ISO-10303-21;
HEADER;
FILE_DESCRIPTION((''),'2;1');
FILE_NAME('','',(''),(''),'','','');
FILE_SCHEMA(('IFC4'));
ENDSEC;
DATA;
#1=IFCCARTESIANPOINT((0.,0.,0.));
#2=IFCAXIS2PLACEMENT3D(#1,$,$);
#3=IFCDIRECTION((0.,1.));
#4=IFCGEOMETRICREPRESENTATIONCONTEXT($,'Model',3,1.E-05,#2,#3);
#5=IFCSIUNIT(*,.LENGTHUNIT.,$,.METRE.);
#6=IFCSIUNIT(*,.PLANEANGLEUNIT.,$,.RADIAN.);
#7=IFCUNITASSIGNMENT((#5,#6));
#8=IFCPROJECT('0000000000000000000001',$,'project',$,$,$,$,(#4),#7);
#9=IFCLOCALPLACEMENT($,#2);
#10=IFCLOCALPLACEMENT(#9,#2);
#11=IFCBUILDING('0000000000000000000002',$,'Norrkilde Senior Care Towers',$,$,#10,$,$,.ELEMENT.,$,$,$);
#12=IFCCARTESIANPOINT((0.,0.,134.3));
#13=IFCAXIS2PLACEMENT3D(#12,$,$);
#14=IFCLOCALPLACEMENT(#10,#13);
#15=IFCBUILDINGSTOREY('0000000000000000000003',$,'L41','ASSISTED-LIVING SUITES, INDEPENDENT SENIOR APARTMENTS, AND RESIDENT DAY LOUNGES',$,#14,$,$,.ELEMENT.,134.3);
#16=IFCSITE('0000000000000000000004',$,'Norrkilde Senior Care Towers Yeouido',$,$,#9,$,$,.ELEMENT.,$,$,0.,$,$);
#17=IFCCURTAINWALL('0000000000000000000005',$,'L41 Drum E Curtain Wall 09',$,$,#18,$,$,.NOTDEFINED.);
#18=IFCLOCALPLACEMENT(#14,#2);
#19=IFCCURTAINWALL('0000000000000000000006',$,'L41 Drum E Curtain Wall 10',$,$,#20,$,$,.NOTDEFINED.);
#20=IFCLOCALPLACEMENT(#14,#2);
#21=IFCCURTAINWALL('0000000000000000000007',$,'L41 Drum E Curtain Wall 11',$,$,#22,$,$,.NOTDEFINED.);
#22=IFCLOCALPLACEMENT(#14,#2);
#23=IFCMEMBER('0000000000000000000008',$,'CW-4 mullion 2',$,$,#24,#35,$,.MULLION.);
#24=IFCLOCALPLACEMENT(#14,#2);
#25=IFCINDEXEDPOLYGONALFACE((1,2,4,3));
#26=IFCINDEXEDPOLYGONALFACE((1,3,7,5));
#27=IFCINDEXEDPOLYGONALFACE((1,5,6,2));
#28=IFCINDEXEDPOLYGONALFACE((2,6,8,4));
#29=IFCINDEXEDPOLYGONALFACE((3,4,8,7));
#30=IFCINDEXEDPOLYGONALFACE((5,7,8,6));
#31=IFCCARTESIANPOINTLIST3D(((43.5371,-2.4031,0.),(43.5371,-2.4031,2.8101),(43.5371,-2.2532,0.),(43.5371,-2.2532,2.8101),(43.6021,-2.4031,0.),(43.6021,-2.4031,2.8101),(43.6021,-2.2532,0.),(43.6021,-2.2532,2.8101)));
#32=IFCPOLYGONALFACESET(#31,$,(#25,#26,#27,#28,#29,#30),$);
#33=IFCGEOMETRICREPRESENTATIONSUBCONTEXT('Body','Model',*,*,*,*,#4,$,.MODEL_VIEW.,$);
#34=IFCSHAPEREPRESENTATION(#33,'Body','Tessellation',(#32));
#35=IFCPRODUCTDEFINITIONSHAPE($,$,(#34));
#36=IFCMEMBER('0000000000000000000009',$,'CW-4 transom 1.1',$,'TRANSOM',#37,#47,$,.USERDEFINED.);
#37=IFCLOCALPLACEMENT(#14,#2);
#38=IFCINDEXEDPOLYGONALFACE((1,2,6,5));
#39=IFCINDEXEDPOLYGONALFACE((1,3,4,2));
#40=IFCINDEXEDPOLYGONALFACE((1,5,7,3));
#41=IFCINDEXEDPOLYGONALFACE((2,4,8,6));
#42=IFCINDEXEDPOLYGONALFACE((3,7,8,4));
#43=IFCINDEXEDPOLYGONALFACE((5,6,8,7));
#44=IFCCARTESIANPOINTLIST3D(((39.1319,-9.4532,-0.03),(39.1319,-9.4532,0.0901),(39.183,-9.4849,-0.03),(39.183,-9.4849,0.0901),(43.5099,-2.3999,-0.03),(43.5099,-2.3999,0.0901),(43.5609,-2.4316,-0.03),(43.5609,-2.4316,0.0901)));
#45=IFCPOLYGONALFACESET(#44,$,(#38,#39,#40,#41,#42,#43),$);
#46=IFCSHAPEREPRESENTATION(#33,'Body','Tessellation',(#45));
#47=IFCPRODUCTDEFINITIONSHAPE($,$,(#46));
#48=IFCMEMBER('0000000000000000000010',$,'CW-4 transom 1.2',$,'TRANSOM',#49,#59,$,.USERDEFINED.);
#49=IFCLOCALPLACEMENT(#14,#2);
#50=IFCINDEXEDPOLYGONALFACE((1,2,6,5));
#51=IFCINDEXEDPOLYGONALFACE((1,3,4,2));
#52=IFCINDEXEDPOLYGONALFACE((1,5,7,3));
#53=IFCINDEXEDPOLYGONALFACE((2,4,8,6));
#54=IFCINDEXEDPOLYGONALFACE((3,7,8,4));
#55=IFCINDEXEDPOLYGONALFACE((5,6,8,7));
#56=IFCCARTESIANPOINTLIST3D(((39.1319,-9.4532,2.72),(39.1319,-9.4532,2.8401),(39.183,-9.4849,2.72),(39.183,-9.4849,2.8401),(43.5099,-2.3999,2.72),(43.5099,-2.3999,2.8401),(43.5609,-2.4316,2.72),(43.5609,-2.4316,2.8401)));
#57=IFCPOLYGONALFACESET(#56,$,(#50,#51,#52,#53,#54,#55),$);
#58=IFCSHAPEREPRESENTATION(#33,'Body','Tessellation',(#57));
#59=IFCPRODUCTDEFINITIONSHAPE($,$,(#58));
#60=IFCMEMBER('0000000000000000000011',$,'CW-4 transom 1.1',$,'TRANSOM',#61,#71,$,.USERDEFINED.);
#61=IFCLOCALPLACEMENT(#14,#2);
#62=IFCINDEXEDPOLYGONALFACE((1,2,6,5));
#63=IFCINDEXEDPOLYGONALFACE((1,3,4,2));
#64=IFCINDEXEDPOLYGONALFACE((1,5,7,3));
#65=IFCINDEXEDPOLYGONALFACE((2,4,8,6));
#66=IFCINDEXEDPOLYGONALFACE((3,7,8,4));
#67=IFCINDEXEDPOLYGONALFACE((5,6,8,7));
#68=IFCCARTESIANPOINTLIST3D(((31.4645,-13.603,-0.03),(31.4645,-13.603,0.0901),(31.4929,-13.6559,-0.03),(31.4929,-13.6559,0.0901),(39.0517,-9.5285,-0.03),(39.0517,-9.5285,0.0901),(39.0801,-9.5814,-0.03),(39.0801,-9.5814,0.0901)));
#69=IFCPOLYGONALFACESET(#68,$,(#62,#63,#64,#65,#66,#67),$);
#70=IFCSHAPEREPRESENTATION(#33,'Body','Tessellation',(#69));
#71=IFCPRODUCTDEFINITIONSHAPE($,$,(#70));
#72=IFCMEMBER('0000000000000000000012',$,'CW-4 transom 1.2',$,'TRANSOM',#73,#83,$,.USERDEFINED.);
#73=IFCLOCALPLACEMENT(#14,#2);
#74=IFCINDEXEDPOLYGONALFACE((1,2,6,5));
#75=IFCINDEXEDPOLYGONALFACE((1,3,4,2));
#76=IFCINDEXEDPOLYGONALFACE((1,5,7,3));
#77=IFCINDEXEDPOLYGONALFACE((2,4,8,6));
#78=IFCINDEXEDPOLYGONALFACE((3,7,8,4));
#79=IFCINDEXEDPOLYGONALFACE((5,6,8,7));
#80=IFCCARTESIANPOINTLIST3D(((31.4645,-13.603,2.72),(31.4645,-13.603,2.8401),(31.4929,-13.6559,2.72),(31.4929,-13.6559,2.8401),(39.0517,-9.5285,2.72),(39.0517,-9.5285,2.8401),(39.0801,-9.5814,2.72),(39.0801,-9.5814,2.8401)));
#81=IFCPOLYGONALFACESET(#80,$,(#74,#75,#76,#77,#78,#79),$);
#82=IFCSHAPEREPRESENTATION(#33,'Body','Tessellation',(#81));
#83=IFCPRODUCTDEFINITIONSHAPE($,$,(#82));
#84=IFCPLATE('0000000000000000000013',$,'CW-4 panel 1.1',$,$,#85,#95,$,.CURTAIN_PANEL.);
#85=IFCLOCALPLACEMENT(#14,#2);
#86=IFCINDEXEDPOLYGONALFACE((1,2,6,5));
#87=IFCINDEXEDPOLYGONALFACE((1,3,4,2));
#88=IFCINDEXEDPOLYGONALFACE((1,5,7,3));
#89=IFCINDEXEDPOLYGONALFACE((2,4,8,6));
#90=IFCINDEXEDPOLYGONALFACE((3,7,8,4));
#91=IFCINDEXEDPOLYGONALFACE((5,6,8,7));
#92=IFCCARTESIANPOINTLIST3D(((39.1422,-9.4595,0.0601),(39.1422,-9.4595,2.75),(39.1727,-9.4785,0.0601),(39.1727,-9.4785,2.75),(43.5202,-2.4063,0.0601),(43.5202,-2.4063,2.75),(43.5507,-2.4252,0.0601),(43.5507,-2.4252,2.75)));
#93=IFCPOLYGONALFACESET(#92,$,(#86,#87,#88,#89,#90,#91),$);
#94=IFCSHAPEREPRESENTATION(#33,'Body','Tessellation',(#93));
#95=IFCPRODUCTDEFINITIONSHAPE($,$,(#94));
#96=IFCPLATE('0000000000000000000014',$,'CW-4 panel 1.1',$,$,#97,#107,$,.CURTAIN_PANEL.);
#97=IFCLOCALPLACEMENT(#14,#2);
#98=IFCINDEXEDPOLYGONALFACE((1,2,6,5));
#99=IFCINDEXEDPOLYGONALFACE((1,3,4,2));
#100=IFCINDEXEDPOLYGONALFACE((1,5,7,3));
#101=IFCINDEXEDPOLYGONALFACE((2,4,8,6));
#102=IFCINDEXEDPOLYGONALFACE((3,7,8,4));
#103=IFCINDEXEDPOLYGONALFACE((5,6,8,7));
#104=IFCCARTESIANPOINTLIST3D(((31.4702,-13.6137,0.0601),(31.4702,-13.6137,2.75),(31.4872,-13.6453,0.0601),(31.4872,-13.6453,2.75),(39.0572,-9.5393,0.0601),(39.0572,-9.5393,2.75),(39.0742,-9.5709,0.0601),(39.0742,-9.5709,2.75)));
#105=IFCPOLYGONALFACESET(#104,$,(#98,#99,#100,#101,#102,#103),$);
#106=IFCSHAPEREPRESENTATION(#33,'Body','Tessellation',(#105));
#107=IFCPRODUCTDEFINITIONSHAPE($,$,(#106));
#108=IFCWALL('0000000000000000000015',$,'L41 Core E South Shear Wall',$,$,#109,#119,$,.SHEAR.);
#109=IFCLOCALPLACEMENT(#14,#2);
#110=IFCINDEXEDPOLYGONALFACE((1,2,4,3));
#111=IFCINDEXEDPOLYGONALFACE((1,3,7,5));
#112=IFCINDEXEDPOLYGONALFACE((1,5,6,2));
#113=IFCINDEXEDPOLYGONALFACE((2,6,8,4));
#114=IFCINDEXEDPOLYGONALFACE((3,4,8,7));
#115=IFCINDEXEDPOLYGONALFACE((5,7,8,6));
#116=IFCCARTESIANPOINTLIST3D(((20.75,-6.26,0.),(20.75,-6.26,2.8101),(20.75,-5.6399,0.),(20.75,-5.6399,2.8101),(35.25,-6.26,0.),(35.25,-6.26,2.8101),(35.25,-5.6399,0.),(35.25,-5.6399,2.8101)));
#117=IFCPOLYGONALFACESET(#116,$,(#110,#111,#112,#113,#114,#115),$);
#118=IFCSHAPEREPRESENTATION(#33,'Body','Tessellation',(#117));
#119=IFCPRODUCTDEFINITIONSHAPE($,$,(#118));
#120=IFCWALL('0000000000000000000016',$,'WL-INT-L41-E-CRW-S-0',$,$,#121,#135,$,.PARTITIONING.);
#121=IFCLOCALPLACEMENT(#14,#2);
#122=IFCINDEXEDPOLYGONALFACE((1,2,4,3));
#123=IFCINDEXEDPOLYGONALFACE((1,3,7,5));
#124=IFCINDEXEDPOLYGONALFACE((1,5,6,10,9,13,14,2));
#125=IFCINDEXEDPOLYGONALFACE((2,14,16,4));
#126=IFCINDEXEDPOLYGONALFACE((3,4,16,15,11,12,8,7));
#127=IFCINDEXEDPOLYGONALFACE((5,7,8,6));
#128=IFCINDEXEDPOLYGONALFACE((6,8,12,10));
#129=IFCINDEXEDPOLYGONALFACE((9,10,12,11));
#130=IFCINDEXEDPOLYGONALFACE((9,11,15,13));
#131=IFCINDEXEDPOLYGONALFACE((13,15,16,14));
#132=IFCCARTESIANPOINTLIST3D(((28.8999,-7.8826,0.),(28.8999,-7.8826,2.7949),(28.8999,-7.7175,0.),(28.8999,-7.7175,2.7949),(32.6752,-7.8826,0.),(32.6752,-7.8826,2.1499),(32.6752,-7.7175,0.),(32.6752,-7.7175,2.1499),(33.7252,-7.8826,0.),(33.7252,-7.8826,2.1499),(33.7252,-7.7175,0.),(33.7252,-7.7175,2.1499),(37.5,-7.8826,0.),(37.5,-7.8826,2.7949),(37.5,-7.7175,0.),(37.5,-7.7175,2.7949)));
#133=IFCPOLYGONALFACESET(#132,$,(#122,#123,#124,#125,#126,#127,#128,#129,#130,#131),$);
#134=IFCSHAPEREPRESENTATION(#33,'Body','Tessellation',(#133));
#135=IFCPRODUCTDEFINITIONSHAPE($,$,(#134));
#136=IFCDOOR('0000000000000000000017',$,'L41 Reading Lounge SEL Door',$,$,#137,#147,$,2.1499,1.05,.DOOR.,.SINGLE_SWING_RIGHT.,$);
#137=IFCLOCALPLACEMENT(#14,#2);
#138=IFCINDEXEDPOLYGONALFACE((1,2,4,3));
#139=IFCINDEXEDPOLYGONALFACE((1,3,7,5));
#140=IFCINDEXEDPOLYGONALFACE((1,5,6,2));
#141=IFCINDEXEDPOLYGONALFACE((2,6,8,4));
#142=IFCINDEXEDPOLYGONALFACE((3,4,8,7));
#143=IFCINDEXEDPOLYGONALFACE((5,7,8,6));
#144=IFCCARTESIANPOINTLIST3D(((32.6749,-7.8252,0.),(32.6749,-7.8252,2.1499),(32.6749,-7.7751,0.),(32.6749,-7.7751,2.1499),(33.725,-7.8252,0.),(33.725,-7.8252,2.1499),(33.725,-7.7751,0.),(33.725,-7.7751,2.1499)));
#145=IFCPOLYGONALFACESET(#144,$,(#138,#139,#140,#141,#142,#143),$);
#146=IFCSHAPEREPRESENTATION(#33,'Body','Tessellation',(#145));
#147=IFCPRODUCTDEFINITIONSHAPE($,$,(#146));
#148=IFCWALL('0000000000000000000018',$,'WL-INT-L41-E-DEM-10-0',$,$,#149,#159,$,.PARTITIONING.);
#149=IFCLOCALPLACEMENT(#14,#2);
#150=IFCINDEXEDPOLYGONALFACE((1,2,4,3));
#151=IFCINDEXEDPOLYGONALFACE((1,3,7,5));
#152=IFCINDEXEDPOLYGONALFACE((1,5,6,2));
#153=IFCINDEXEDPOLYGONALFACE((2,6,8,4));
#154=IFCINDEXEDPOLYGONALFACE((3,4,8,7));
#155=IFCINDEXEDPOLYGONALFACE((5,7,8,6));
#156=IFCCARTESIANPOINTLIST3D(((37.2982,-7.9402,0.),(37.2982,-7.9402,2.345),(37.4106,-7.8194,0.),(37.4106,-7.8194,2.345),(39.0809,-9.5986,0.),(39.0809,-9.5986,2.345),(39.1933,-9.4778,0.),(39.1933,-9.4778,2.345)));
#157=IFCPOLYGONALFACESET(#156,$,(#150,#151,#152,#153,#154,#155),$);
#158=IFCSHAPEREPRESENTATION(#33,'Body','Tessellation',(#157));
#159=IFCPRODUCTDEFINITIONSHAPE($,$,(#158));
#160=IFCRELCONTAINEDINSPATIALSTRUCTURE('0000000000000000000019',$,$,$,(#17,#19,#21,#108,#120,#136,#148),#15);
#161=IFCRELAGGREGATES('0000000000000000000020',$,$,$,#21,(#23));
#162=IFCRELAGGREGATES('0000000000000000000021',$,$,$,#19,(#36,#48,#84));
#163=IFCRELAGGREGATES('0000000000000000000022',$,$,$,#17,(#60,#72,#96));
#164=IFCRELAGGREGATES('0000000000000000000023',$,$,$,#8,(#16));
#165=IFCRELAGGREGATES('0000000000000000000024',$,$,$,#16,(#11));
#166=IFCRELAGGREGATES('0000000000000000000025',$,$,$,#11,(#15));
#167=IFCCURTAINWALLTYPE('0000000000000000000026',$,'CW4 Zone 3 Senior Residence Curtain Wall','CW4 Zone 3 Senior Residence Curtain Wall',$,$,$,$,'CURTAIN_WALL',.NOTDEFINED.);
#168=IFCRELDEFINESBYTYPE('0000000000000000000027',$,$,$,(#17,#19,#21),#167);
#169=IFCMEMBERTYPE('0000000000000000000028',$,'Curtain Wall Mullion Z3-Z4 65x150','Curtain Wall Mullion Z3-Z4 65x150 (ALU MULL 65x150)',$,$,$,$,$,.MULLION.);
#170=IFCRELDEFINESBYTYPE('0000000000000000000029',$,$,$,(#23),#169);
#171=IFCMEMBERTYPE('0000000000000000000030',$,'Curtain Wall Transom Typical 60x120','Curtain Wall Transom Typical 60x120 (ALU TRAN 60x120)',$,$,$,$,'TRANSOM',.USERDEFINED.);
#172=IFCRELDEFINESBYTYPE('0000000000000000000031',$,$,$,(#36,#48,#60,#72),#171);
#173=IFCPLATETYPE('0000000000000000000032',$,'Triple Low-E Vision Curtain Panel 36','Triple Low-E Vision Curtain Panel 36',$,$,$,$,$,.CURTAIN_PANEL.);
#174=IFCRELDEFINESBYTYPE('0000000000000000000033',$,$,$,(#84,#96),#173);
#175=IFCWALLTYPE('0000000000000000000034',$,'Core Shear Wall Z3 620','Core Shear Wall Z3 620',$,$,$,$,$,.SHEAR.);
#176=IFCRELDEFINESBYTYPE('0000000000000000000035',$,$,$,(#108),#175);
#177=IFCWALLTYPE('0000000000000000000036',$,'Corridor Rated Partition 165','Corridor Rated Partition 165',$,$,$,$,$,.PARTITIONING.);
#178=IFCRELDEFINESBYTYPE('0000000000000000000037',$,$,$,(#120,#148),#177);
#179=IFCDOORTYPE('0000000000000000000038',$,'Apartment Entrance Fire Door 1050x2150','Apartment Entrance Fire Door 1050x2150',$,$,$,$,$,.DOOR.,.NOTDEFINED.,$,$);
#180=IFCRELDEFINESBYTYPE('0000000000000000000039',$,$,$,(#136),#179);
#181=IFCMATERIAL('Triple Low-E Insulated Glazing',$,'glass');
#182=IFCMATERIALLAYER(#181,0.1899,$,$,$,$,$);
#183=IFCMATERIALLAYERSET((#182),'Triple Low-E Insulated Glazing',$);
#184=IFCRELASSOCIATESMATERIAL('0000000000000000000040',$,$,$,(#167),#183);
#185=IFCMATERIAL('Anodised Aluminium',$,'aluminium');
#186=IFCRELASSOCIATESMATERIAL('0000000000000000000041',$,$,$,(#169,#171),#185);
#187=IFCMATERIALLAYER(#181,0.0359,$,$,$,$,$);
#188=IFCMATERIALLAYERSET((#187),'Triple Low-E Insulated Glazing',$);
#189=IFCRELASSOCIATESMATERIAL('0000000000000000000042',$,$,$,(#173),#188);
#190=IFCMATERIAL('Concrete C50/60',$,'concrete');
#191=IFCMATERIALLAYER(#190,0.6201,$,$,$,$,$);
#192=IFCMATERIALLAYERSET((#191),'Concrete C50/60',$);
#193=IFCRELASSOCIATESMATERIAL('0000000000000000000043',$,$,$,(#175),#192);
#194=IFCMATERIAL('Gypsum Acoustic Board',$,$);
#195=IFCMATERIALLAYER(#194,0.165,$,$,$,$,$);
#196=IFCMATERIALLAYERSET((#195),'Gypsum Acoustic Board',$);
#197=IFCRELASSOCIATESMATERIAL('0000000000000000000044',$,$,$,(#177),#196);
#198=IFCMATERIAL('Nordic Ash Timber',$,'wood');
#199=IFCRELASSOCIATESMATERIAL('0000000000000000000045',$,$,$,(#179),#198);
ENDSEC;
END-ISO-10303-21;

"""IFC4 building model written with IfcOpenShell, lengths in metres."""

from ifc_helpers import new_model, si_unit, direction, frame, frame_2d, origin, origin_2d, place, context, subcontext, project, spatial, rectangle, extrude, source, transform, mapped, material, layer, layer_set, material_profile, profile_set, type_object, type_shapes, element, fill, aggregate, save


model = new_model("IFC4")

# Units and contexts
model_context = context("Model", 3, precision=1e-05, world=origin(), true_north=direction((0.0, 1.0)))
body_context = subcontext(model_context, "Body", "Model", "MODEL_VIEW")
ifc_project = project(units=[si_unit("LENGTHUNIT", "METRE"), si_unit("PLANEANGLEUNIT", "RADIAN")], contexts=[model_context])

# Site, building, storey
site_placement = place(None, origin())
site = spatial("IfcSite", under=ifc_project, at=site_placement, Name="Norrkilde Senior Care Towers Yeouido", CompositionType="ELEMENT", RefElevation=0.0)
building_placement = place(site_placement, origin())
building = spatial("IfcBuilding", under=site, at=building_placement, Name="Norrkilde Senior Care Towers", CompositionType="ELEMENT")
storey_placement = place(building_placement, frame((0.0, 0.0, 134.3)))
storey = spatial("IfcBuildingStorey", under=building, at=storey_placement, Name="L41", Description="ASSISTED-LIVING SUITES, INDEPENDENT SENIOR APARTMENTS, AND RESIDENT DAY LOUNGES", CompositionType="ELEMENT", Elevation=134.3)

# Shared definitions
ifc_material_1 = material(Name="Concrete C50/60", Category="concrete")

# Curtain wall
ifc_material_2 = material(Name="Triple Low-E Insulated Glazing", Category="glass")
ifc_layer_1 = layer(ifc_material_2, 0.1899)
ifc_layer_set_1 = layer_set([ifc_layer_1], Name="Triple Low-E Insulated Glazing")
curtain_wall_type = type_object("IfcCurtainWallType", Name="CW4 Zone 3 Senior Residence Curtain Wall", Description="CW4 Zone 3 Senior Residence Curtain Wall", ElementType="CURTAIN_WALL", PredefinedType="NOTDEFINED", material=ifc_layer_set_1)
curtain_wall_1_placement = place(storey_placement, origin())
curtain_wall_1 = element("IfcCurtainWall", 1, at=curtain_wall_1_placement, inside=storey, type_object=curtain_wall_type, Name="L41 Drum E Curtain Wall 09", PredefinedType="NOTDEFINED")
ifc_material_3 = material(Name="Anodised Aluminium", Category="aluminium")
ifc_material_profile_1 = material_profile(ifc_material_3, rectangle(XDim=0.0649, YDim=0.1499, at=origin_2d()), Name="ALU MULL 65x150")
ifc_profile_set_1 = profile_set([ifc_material_profile_1], Name="Anodised Aluminium")
member_type_1 = type_object("IfcMemberType", Name="Curtain Wall Mullion Z3-Z4 65x150", Description="Curtain Wall Mullion Z3-Z4 65x150 (ALU MULL 65x150)", PredefinedType="MULLION", material=ifc_profile_set_1)
shared_shape_1 = source(origin(), body_context, "Body", "SweptSolid", [
    extrude(rectangle(XDim=0.0649, YDim=0.1499, at=origin_2d()), origin(), (0.0, 0.0, 1.0), 2.8101),
])
type_shapes(member_type_1, [shared_shape_1])

# Curtain wall
curtain_wall_2_placement = place(storey_placement, origin())
curtain_wall_2 = element("IfcCurtainWall", 2, at=curtain_wall_2_placement, inside=storey, type_object=curtain_wall_type, Name="L41 Drum E Curtain Wall 10", PredefinedType="NOTDEFINED")

# Curtain wall, member
curtain_wall_3_placement = place(storey_placement, origin())
curtain_wall_3 = element("IfcCurtainWall", 3, at=curtain_wall_3_placement, inside=storey, type_object=curtain_wall_type, Name="L41 Drum E Curtain Wall 11", PredefinedType="NOTDEFINED")
member_1_placement = place(storey_placement, frame((43.5696, -2.3281, 0.0), z_axis=(0.0, 0.0, 1.0), x_axis=(1.0, 0.0, 0.0)))
member_1 = element("IfcMember", 4, at=member_1_placement, type_object=member_type_1, Name="CW-4 mullion 2", PredefinedType="MULLION", context=body_context, shape_type="MappedRepresentation", body=[
    mapped(shared_shape_1, transform((0.0, 0.0, 0.0), x_axis=(1.0, 0.0, 0.0), y_axis=(0.0, 1.0, 0.0), z_axis=(0.0, 0.0, 1.0), scale=1.0)),
])
aggregate(curtain_wall_3, [member_1])

# Members
ifc_material_profile_2 = material_profile(ifc_material_3, rectangle(XDim=0.0601, YDim=0.1201, at=origin_2d()), Name="ALU TRAN 60x120")
ifc_profile_set_2 = profile_set([ifc_material_profile_2], Name="Anodised Aluminium")
member_type_2 = type_object("IfcMemberType", Name="Curtain Wall Transom Typical 60x120", Description="Curtain Wall Transom Typical 60x120 (ALU TRAN 60x120)", ElementType="TRANSOM", PredefinedType="USERDEFINED", material=ifc_profile_set_2)
shared_shape_2 = source(origin(), body_context, "Body", "SweptSolid", [
    extrude(rectangle(XDim=0.0601, YDim=0.1201, at=origin_2d()), origin(), (0.0, 0.0, 1.0), 8.3015),
])
member_2_placement = place(storey_placement, frame((43.5354, -2.4158, 0.03), z_axis=(-0.527369, -0.849637, 0.0), x_axis=(0.849637, -0.527369, 0.0)))
member_2 = element("IfcMember", 5, at=member_2_placement, type_object=member_type_2, Name="CW-4 transom 1.1", ObjectType="TRANSOM", PredefinedType="USERDEFINED", context=body_context, shape_type="MappedRepresentation", body=[
    mapped(shared_shape_2, transform((0.0, 0.0, 0.0), x_axis=(1.0, 0.0, 0.0), y_axis=(0.0, 1.0, 0.0), z_axis=(0.0, 0.0, 1.0), scale=1.0)),
])
member_3_placement = place(storey_placement, frame((43.5354, -2.4158, 2.78), z_axis=(-0.527369, -0.849637, 0.0), x_axis=(0.849637, -0.527369, 0.0)))
member_3 = element("IfcMember", 6, at=member_3_placement, type_object=member_type_2, Name="CW-4 transom 1.2", ObjectType="TRANSOM", PredefinedType="USERDEFINED", context=body_context, shape_type="MappedRepresentation", body=[
    mapped(shared_shape_2, transform((0.0, 0.0, 0.0), x_axis=(1.0, 0.0, 0.0), y_axis=(0.0, 1.0, 0.0), z_axis=(0.0, 0.0, 1.0), scale=1.0)),
])
shared_shape_3 = source(origin(), body_context, "Body", "SweptSolid", [
    extrude(rectangle(XDim=0.0601, YDim=0.1201, at=origin_2d()), origin(), (0.0, 0.0, 1.0), 8.6121),
])
type_shapes(member_type_2, [shared_shape_2, shared_shape_3])
member_4_placement = place(storey_placement, frame((39.0659, -9.5549, 0.03), z_axis=(-0.881, -0.473116, 0.0), x_axis=(0.473116, -0.881, 0.0)))
member_4 = element("IfcMember", 7, at=member_4_placement, type_object=member_type_2, Name="CW-4 transom 1.1", ObjectType="TRANSOM", PredefinedType="USERDEFINED", context=body_context, shape_type="MappedRepresentation", body=[
    mapped(shared_shape_3, transform((0.0, 0.0, 0.0), x_axis=(1.0, 0.0, 0.0), y_axis=(0.0, 1.0, 0.0), z_axis=(0.0, 0.0, 1.0), scale=1.0)),
])
member_5_placement = place(storey_placement, frame((39.0659, -9.5549, 2.78), z_axis=(-0.881, -0.473116, 0.0), x_axis=(0.473116, -0.881, 0.0)))
member_5 = element("IfcMember", 8, at=member_5_placement, type_object=member_type_2, Name="CW-4 transom 1.2", ObjectType="TRANSOM", PredefinedType="USERDEFINED", context=body_context, shape_type="MappedRepresentation", body=[
    mapped(shared_shape_3, transform((0.0, 0.0, 0.0), x_axis=(1.0, 0.0, 0.0), y_axis=(0.0, 1.0, 0.0), z_axis=(0.0, 0.0, 1.0), scale=1.0)),
])

# Plates
ifc_layer_2 = layer(ifc_material_2, 0.0359)
ifc_layer_set_2 = layer_set([ifc_layer_2], Name="Triple Low-E Insulated Glazing")
plate_type = type_object("IfcPlateType", Name="Triple Low-E Vision Curtain Panel 36", Description="Triple Low-E Vision Curtain Panel 36", PredefinedType="CURTAIN_PANEL", material=ifc_layer_set_2)
shared_shape_4 = source(origin(), body_context, "Body", "SweptSolid", [
    extrude(rectangle(XDim=8.3015, YDim=0.0359, at=origin_2d()), origin(), (0.0, 0.0, 1.0), 2.6899),
])
plate_1_placement = place(storey_placement, frame((41.3464, -5.9424, 0.0601), z_axis=(0.0, 0.0, 1.0), x_axis=(-0.527373, -0.849634, 0.0)))
plate_1 = element("IfcPlate", 9, at=plate_1_placement, type_object=plate_type, Name="CW-4 panel 1.1", PredefinedType="CURTAIN_PANEL", context=body_context, shape_type="MappedRepresentation", body=[
    mapped(shared_shape_4, transform((0.0, 0.0, 0.0), x_axis=(1.0, 0.0, 0.0), y_axis=(0.0, 1.0, 0.0), z_axis=(0.0, 0.0, 1.0), scale=1.0)),
])
aggregate(curtain_wall_2, [member_2, member_3, plate_1])
shared_shape_5 = source(origin(), body_context, "Body", "SweptSolid", [
    extrude(rectangle(XDim=8.6118, YDim=0.0359, at=origin_2d()), origin(), (0.0, 0.0, 1.0), 2.6899),
])
type_shapes(plate_type, [shared_shape_4, shared_shape_5])
plate_2_placement = place(storey_placement, frame((35.2722, -11.5923, 0.0601), z_axis=(0.0, 0.0, 1.0), x_axis=(-0.881, -0.473117, 0.0)))
plate_2 = element("IfcPlate", 10, at=plate_2_placement, type_object=plate_type, Name="CW-4 panel 1.1", PredefinedType="CURTAIN_PANEL", context=body_context, shape_type="MappedRepresentation", body=[
    mapped(shared_shape_5, transform((0.0, 0.0, 0.0), x_axis=(1.0, 0.0, 0.0), y_axis=(0.0, 1.0, 0.0), z_axis=(0.0, 0.0, 1.0), scale=1.0)),
])
aggregate(curtain_wall_1, [member_4, member_5, plate_2])

# Wall
ifc_layer_3 = layer(ifc_material_1, 0.6201)
ifc_layer_set_3 = layer_set([ifc_layer_3], Name="Concrete C50/60")
wall_type_1 = type_object("IfcWallType", Name="Core Shear Wall Z3 620", Description="Core Shear Wall Z3 620", PredefinedType="SHEAR", material=ifc_layer_set_3)
shared_shape_6 = source(origin(), body_context, "Body", "SweptSolid", [
    extrude(rectangle(XDim=14.5, YDim=0.6201, at=frame_2d((7.25, 0.0))), origin(), (0.0, 0.0, 1.0), 2.8101),
])
type_shapes(wall_type_1, [shared_shape_6])
wall_1_placement = place(storey_placement, frame((35.25, -5.95, 0.0), z_axis=(0.0, 0.0, 1.0), x_axis=(-1.0, 0.0, 0.0)))
element("IfcWall", 11, at=wall_1_placement, inside=storey, type_object=wall_type_1, Name="L41 Core E South Shear Wall", PredefinedType="SHEAR", context=body_context, shape_type="MappedRepresentation", body=[
    mapped(shared_shape_6, transform((0.0, 0.0, 0.0), x_axis=(1.0, 0.0, 0.0), y_axis=(0.0, 1.0, 0.0), z_axis=(0.0, 0.0, 1.0), scale=1.0)),
])

# Wall, opening, door
ifc_material_4 = material(Name="Gypsum Acoustic Board")
ifc_layer_4 = layer(ifc_material_4, 0.165)
ifc_layer_set_4 = layer_set([ifc_layer_4], Name="Gypsum Acoustic Board")
wall_type_2 = type_object("IfcWallType", Name="Corridor Rated Partition 165", Description="Corridor Rated Partition 165", PredefinedType="PARTITIONING", material=ifc_layer_set_4)
shared_shape_7 = source(origin(), body_context, "Body", "SweptSolid", [
    extrude(rectangle(XDim=8.6001, YDim=0.165, at=frame_2d((4.3, 0.0))), origin(), (0.0, 0.0, 1.0), 2.7949),
])
wall_2_placement = place(storey_placement, frame((37.5, -7.8, 0.0), z_axis=(0.0, 0.0, 1.0), x_axis=(-1.0, 0.0, 0.0)))
wall_2 = element("IfcWall", 12, at=wall_2_placement, inside=storey, type_object=wall_type_2, Name="WL-INT-L41-E-CRW-S-0", PredefinedType="PARTITIONING", context=body_context, shape_type="MappedRepresentation", body=[
    mapped(shared_shape_7, transform((0.0, 0.0, 0.0), x_axis=(1.0, 0.0, 0.0), y_axis=(0.0, 1.0, 0.0), z_axis=(0.0, 0.0, 1.0), scale=1.0)),
])
opening_1_placement = place(wall_2_placement, frame((3.7749, 0.0, 0.0)))
opening_1 = element("IfcOpeningElement", 13, at=opening_1_placement, cuts=wall_2, PredefinedType="OPENING", context=body_context, shape_type="SweptSolid", body=[
    extrude(rectangle(XDim=1.05, YDim=2.1499, at=frame_2d((0.5249, 1.075))), frame((0.0, 0.0925, 0.0), z_axis=(0.0, -1.0, 0.0), x_axis=(1.0, 0.0, 0.0)), (0.0, 0.0, 1.0), 0.1851),
])
ifc_material_5 = material(Name="Nordic Ash Timber", Category="wood")
door_type_1 = type_object("IfcDoorType", Name="Apartment Entrance Fire Door 1050x2150", Description="Apartment Entrance Fire Door 1050x2150", OperationType="NOTDEFINED", PredefinedType="DOOR", material=ifc_material_5)
shared_shape_8 = source(origin(), body_context, "Body", "SweptSolid", [
    extrude(rectangle(XDim=1.05, YDim=2.1499, at=frame_2d((0.5249, 1.075))), frame((0.0, 0.0249, 0.0), z_axis=(0.0, -1.0, 0.0), x_axis=(1.0, 0.0, 0.0)), (0.0, 0.0, 1.0), 0.05),
])
type_shapes(door_type_1, [shared_shape_8])
door_1_placement = place(opening_1_placement, frame((1.05, 0.0, 0.0), z_axis=(0.0, 0.0, 1.0), x_axis=(-1.0, 0.0, 0.0)))
door_1 = element("IfcDoor", 14, at=door_1_placement, inside=storey, type_object=door_type_1, Name="L41 Reading Lounge SEL Door", OperationType="SINGLE_SWING_RIGHT", OverallHeight=2.1499, OverallWidth=1.05, PredefinedType="DOOR", context=body_context, shape_type="MappedRepresentation", body=[
    mapped(shared_shape_8, transform((0.0, 0.0, 0.0), x_axis=(1.0, 0.0, 0.0), y_axis=(0.0, 1.0, 0.0), z_axis=(0.0, 0.0, 1.0), scale=1.0)),
])
fill(opening_1, door_1)

# Wall
shared_shape_9 = source(origin(), body_context, "Body", "SweptSolid", [
    extrude(rectangle(XDim=2.4348, YDim=0.165, at=frame_2d((1.2173, 0.0))), origin(), (0.0, 0.0, 1.0), 2.345),
])
type_shapes(wall_type_2, [shared_shape_7, shared_shape_9])
wall_3_placement = place(storey_placement, frame((37.3545, -7.8799, 0.0), z_axis=(0.0, 0.0, 1.0), x_axis=(0.732165, -0.681128, 0.0)))
element("IfcWall", 15, at=wall_3_placement, inside=storey, type_object=wall_type_2, Name="WL-INT-L41-E-DEM-10-0", PredefinedType="PARTITIONING", context=body_context, shape_type="MappedRepresentation", body=[
    mapped(shared_shape_9, transform((0.0, 0.0, 0.0), x_axis=(1.0, 0.0, 0.0), y_axis=(0.0, 1.0, 0.0), z_axis=(0.0, 0.0, 1.0), scale=1.0)),
])

save(model, "model.ifc")
